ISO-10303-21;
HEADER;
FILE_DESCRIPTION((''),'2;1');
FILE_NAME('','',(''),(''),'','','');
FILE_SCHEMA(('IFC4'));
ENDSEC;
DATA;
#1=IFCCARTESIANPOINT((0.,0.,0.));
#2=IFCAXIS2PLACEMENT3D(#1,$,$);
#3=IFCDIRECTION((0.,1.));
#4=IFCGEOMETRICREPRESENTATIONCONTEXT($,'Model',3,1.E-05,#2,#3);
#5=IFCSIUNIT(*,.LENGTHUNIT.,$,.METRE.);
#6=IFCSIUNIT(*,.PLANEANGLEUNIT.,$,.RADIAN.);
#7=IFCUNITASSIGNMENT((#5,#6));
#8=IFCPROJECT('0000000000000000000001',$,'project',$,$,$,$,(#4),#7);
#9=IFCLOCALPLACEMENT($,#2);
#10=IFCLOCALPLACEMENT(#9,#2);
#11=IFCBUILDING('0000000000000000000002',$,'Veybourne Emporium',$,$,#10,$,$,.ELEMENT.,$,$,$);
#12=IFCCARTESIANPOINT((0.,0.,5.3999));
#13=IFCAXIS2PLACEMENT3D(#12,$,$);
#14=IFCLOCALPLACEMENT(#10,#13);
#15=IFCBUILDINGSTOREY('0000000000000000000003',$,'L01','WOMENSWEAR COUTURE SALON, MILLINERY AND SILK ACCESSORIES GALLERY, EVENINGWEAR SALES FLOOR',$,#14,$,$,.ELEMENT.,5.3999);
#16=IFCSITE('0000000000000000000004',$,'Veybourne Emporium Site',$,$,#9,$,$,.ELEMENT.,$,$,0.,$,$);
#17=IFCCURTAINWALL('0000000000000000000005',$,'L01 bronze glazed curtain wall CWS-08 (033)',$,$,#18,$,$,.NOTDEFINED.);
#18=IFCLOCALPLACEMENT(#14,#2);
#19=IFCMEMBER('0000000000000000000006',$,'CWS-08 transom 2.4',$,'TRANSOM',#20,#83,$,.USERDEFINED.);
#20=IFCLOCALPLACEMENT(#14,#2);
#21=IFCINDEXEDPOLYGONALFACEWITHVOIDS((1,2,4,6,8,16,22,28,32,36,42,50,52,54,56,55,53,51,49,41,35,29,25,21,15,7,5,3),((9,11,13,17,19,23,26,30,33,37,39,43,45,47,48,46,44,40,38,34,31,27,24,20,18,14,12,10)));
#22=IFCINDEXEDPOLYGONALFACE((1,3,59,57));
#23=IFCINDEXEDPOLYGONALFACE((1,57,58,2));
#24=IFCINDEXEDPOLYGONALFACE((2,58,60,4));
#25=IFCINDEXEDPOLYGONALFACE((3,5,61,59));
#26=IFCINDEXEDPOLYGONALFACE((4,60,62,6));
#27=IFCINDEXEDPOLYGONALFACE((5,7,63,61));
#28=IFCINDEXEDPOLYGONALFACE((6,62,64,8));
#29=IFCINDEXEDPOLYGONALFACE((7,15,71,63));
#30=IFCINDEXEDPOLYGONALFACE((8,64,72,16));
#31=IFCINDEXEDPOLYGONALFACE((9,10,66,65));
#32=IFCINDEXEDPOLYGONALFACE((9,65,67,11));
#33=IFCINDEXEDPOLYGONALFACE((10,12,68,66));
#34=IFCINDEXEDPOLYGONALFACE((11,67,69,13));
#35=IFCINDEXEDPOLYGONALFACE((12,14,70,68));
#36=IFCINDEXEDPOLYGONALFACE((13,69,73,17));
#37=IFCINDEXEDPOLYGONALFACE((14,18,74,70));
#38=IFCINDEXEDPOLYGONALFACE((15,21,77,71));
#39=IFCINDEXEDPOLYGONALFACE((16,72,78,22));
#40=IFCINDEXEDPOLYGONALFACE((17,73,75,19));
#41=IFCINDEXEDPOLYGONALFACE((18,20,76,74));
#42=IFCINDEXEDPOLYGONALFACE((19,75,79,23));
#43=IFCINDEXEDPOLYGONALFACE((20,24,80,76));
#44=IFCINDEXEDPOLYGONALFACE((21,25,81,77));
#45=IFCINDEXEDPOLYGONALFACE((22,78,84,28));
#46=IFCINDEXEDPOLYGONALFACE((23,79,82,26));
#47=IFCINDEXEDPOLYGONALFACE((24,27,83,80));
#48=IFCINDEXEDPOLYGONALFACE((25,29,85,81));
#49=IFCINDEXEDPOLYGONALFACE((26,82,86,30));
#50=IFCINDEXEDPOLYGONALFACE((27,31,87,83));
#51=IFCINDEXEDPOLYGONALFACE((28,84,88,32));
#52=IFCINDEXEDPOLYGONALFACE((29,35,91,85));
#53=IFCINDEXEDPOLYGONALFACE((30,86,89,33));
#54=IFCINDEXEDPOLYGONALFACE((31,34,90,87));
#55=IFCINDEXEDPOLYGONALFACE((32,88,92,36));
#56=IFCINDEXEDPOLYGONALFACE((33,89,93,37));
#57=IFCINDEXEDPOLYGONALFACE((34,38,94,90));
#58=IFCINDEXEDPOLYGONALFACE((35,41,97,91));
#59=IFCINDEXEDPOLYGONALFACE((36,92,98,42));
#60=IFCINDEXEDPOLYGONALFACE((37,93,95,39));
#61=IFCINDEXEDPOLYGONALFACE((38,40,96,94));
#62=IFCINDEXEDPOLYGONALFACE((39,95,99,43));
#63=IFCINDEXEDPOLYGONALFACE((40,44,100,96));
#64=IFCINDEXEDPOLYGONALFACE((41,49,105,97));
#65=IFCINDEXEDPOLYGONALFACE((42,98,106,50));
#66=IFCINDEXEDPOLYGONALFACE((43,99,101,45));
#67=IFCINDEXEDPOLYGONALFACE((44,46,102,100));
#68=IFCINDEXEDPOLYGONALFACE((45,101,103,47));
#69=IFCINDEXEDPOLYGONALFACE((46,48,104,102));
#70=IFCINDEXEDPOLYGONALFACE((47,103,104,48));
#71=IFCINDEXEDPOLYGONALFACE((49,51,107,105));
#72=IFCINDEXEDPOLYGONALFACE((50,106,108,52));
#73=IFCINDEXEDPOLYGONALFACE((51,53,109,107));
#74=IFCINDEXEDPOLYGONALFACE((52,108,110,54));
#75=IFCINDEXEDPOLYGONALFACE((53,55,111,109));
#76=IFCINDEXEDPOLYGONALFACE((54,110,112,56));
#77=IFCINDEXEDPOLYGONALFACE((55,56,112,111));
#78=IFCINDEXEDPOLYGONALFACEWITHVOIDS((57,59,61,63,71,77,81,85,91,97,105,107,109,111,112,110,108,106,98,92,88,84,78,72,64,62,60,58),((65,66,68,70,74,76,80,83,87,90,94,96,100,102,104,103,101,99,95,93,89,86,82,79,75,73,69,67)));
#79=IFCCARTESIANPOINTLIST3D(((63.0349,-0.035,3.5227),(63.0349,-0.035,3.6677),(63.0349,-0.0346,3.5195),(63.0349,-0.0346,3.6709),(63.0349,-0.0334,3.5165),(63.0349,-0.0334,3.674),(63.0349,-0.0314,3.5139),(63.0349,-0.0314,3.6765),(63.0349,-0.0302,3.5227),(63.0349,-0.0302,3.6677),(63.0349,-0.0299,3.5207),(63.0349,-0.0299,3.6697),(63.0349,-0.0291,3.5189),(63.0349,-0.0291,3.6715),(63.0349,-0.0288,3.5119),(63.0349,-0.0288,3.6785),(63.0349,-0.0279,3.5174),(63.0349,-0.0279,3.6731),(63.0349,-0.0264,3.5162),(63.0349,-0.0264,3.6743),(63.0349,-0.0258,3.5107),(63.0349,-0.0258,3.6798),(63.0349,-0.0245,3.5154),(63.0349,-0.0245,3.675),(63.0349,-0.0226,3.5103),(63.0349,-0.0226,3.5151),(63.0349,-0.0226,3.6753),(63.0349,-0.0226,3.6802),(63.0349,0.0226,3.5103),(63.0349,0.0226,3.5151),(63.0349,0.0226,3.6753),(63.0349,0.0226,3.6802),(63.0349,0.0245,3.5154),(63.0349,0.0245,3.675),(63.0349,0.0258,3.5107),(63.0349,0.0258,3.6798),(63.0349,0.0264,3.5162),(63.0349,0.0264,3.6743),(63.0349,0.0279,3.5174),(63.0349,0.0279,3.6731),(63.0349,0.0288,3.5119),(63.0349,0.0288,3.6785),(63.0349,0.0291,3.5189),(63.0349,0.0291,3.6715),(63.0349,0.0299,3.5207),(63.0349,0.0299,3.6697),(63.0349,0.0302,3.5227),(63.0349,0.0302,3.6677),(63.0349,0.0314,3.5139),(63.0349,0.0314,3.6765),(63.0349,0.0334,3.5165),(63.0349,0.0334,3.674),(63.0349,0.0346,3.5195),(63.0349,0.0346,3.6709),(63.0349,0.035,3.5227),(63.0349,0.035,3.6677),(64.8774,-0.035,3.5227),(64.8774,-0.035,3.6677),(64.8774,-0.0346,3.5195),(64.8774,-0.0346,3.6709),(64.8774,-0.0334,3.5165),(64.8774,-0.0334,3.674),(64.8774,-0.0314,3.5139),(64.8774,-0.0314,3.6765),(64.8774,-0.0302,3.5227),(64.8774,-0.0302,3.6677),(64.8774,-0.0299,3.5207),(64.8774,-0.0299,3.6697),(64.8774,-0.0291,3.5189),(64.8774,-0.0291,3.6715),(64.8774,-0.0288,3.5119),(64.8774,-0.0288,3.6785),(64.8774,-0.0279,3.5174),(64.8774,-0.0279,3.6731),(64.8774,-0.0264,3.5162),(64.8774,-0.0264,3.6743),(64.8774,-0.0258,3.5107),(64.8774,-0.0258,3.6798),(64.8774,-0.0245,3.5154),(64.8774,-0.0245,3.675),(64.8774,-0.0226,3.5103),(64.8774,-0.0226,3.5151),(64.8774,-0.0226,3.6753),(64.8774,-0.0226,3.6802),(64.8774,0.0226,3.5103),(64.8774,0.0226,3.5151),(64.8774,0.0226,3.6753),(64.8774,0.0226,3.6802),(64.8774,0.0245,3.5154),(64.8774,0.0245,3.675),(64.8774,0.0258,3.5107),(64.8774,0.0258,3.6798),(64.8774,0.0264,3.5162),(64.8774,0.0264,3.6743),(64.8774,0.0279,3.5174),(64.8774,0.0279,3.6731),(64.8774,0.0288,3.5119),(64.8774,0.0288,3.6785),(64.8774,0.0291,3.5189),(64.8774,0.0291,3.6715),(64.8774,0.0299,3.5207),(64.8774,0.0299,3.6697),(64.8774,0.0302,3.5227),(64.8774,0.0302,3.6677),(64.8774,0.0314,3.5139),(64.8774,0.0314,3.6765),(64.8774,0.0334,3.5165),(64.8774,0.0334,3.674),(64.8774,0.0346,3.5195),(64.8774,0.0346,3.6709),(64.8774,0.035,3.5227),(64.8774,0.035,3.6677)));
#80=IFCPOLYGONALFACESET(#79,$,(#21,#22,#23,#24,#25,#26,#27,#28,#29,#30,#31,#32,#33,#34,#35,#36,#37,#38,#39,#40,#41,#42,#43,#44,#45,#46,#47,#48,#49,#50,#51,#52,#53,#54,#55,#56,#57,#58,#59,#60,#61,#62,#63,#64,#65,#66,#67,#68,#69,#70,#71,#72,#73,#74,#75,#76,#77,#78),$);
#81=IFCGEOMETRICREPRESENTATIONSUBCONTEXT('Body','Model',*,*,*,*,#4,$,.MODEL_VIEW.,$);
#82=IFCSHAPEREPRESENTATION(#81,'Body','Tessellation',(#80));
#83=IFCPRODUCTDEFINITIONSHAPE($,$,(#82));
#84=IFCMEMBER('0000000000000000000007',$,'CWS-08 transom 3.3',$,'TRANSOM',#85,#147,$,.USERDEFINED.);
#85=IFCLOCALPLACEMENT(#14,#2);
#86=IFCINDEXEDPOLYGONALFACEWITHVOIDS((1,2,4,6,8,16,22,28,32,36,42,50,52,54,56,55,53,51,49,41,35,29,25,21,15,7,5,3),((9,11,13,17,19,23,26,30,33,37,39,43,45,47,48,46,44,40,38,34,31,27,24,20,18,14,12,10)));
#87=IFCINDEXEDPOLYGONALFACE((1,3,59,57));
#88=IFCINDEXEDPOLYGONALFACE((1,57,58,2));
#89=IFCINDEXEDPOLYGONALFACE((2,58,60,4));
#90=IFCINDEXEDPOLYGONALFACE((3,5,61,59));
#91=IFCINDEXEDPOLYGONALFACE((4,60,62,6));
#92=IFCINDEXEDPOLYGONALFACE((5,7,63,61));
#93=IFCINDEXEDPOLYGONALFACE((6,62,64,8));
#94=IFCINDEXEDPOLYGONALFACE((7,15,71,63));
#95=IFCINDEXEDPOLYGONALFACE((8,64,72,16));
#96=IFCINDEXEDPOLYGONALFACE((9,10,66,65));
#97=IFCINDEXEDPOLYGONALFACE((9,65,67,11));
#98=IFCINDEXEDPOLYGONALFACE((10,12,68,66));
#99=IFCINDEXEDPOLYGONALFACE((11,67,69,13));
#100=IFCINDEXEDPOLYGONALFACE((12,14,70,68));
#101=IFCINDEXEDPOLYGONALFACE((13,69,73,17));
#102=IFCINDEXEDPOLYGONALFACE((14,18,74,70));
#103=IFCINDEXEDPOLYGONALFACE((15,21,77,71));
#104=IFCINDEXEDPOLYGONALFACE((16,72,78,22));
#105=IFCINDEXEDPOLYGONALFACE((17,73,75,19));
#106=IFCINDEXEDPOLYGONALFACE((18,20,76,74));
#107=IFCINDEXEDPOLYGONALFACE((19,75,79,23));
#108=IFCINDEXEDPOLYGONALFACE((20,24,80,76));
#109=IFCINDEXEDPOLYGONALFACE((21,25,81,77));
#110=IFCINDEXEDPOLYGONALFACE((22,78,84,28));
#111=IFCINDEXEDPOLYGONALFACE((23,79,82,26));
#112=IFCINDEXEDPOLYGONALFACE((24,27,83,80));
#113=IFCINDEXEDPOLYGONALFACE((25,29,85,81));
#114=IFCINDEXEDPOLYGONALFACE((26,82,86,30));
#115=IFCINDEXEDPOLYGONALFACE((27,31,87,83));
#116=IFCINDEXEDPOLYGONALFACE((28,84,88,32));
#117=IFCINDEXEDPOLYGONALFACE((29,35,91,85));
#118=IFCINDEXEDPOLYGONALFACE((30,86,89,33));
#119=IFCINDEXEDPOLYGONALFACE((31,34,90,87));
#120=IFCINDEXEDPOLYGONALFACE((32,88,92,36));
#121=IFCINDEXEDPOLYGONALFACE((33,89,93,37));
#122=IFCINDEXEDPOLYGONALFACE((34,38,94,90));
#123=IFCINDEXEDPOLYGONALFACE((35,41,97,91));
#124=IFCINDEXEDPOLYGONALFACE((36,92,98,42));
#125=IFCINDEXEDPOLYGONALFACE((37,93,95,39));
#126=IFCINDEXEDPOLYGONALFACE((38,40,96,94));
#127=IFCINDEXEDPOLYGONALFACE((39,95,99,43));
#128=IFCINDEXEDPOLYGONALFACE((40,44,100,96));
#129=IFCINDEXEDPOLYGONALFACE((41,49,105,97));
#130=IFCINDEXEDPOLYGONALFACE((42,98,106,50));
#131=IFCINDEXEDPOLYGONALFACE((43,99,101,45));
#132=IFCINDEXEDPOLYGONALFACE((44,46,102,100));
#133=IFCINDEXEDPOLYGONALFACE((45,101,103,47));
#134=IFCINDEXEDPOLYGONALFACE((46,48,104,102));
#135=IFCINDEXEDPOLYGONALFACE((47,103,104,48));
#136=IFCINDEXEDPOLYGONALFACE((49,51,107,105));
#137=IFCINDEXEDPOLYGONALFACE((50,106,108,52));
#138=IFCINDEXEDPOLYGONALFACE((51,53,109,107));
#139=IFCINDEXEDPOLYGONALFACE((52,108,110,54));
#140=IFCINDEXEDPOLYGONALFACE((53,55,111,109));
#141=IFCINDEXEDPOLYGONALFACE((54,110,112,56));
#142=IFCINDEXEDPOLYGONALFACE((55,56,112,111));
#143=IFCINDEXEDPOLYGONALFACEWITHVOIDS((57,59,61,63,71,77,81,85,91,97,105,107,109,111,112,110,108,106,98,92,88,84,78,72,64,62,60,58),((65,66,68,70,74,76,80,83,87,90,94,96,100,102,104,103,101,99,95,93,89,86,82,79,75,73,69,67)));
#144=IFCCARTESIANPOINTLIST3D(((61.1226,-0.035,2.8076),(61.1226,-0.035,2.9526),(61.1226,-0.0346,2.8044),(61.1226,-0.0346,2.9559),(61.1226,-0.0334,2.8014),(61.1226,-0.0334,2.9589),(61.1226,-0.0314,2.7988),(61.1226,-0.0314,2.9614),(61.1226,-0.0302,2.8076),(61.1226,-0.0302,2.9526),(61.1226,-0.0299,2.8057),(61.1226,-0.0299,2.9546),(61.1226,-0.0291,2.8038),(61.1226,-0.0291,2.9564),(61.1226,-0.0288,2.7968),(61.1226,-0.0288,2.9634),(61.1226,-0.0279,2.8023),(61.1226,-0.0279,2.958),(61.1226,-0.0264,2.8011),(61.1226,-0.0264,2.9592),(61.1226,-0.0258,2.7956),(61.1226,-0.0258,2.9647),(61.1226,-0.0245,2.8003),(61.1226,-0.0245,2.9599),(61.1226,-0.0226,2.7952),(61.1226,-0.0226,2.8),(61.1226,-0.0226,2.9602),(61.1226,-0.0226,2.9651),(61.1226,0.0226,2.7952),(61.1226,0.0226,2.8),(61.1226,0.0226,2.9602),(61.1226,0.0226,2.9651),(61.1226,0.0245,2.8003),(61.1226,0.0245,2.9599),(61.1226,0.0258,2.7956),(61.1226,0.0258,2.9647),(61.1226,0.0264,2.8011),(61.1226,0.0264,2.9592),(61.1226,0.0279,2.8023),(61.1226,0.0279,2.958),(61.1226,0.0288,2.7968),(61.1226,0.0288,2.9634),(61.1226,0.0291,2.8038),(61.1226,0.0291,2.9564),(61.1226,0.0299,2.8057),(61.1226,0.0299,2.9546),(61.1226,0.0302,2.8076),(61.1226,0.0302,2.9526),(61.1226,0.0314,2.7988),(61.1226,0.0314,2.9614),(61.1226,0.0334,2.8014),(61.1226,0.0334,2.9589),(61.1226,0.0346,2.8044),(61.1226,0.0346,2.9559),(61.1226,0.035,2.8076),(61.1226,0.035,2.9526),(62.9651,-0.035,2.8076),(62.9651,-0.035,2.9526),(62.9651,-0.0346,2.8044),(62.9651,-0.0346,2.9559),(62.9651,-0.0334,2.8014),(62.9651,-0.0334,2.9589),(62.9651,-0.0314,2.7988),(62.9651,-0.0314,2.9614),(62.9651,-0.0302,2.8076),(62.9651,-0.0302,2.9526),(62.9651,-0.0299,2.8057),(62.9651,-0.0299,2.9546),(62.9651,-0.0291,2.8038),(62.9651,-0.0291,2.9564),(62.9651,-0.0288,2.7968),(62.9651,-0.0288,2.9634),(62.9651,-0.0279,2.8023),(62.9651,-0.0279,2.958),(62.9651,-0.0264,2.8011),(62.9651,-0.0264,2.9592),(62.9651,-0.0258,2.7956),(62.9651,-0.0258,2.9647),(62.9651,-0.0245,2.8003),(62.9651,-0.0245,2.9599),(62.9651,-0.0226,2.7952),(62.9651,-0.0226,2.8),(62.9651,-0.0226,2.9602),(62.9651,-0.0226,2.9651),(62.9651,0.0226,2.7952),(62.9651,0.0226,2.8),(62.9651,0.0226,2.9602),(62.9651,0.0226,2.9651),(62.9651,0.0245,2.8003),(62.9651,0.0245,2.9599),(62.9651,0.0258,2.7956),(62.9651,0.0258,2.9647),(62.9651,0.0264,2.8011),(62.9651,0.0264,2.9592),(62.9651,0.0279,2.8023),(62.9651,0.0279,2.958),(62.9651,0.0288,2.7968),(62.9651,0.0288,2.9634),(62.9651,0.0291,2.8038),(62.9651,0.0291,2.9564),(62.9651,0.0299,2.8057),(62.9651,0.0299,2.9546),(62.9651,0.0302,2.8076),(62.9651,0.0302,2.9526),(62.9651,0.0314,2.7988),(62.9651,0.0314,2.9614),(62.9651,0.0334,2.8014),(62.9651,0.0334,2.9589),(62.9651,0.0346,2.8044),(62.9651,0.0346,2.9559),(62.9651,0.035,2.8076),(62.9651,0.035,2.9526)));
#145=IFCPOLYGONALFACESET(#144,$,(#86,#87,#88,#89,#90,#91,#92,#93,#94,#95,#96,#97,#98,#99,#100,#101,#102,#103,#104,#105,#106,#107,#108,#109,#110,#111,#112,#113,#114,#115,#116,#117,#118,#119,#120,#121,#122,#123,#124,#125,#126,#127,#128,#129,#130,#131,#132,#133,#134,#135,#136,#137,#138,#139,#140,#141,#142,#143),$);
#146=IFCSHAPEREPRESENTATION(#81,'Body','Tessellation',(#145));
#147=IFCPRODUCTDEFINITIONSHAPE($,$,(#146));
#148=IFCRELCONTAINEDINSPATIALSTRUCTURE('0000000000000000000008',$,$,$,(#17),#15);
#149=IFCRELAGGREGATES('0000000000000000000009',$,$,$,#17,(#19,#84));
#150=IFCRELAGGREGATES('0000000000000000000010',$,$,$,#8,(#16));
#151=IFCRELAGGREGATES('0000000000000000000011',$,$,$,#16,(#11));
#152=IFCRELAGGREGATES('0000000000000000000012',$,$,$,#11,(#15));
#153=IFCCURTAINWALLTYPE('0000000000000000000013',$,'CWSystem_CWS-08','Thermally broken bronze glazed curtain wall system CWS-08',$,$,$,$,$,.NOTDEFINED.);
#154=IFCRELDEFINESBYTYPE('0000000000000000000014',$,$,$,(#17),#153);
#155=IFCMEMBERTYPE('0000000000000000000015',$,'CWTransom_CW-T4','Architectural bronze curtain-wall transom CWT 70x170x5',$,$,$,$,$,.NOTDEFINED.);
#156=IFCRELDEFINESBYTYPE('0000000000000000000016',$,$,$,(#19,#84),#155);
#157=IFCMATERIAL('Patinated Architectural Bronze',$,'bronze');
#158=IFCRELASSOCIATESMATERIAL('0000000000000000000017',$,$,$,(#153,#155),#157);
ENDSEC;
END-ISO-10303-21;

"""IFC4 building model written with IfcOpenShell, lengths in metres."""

from ifc_helpers import new_model, si_unit, direction, frame, origin, origin_2d, place, context, subcontext, project, spatial, hollow_rectangle, extrude, material, material_profile, profile_set, type_object, element, aggregate, save


model = new_model("IFC4")

# Units and contexts
model_context = context("Model", 3, precision=1e-05, world=origin(), true_north=direction((0.0, 1.0)))
body_context = subcontext(model_context, "Body", "Model", "MODEL_VIEW")
ifc_project = project(units=[si_unit("LENGTHUNIT", "METRE"), si_unit("PLANEANGLEUNIT", "RADIAN")], contexts=[model_context])

# Site, building, storey
site_placement = place(None, origin())
site = spatial("IfcSite", under=ifc_project, at=site_placement, Name="Veybourne Emporium Site", CompositionType="ELEMENT", RefElevation=0.0)
building_placement = place(site_placement, origin())
building = spatial("IfcBuilding", under=site, at=building_placement, Name="Veybourne Emporium", CompositionType="ELEMENT")
storey_placement = place(building_placement, frame((0.0, 0.0, 5.3999)))
storey = spatial("IfcBuildingStorey", under=building, at=storey_placement, Name="L01", Description="WOMENSWEAR COUTURE SALON, MILLINERY AND SILK ACCESSORIES GALLERY, EVENINGWEAR SALES FLOOR", CompositionType="ELEMENT", Elevation=5.3999)

# Curtain wall, members
ifc_material_1 = material(Name="Patinated Architectural Bronze", Category="bronze")
curtain_wall_type = type_object("IfcCurtainWallType", Name="CWSystem_CWS-08", Description="Thermally broken bronze glazed curtain wall system CWS-08", PredefinedType="NOTDEFINED", material=ifc_material_1)
curtain_wall_placement = place(storey_placement, origin())
curtain_wall = element("IfcCurtainWall", 1, at=curtain_wall_placement, inside=storey, type_object=curtain_wall_type, Name="L01 bronze glazed curtain wall CWS-08 (033)", PredefinedType="NOTDEFINED")
ifc_material_profile_1 = material_profile(ifc_material_1, hollow_rectangle(XDim=0.0701, YDim=0.1699, WallThickness=0.0049, InnerFilletRadius=0.0076, OuterFilletRadius=0.0125, at=origin_2d()), Name="CWT 70x170x5")
ifc_profile_set_1 = profile_set([ifc_material_profile_1], Name="Patinated Architectural Bronze")
member_type_1 = type_object("IfcMemberType", Name="CWTransom_CW-T4", Description="Architectural bronze curtain-wall transom CWT 70x170x5", PredefinedType="NOTDEFINED", material=ifc_profile_set_1)
member_1_placement = place(storey_placement, frame((64.8774, 0.0, 3.5952), z_axis=(-1.0, 0.0, 0.0), x_axis=(0.0, -1.0, 0.0)))
member_1 = element("IfcMember", 2, at=member_1_placement, type_object=member_type_1, Name="CWS-08 transom 2.4", ObjectType="TRANSOM", PredefinedType="USERDEFINED", context=body_context, shape_type="SweptSolid", body=[
    extrude(hollow_rectangle(XDim=0.0701, YDim=0.1699, WallThickness=0.0049, InnerFilletRadius=0.0076, OuterFilletRadius=0.0125, at=origin_2d()), origin(), (0.0, 0.0, 1.0), 1.8425),
])
member_2_placement = place(storey_placement, frame((62.9651, 0.0, 2.8801), z_axis=(-1.0, 0.0, 0.0), x_axis=(0.0, -1.0, 0.0)))
member_2 = element("IfcMember", 3, at=member_2_placement, type_object=member_type_1, Name="CWS-08 transom 3.3", ObjectType="TRANSOM", PredefinedType="USERDEFINED", context=body_context, shape_type="SweptSolid", body=[
    extrude(hollow_rectangle(XDim=0.0701, YDim=0.1699, WallThickness=0.0049, InnerFilletRadius=0.0076, OuterFilletRadius=0.0125, at=origin_2d()), origin(), (0.0, 0.0, 1.0), 1.8425),
])

aggregate(curtain_wall, [member_1, member_2])

save(model, "model.ifc")
